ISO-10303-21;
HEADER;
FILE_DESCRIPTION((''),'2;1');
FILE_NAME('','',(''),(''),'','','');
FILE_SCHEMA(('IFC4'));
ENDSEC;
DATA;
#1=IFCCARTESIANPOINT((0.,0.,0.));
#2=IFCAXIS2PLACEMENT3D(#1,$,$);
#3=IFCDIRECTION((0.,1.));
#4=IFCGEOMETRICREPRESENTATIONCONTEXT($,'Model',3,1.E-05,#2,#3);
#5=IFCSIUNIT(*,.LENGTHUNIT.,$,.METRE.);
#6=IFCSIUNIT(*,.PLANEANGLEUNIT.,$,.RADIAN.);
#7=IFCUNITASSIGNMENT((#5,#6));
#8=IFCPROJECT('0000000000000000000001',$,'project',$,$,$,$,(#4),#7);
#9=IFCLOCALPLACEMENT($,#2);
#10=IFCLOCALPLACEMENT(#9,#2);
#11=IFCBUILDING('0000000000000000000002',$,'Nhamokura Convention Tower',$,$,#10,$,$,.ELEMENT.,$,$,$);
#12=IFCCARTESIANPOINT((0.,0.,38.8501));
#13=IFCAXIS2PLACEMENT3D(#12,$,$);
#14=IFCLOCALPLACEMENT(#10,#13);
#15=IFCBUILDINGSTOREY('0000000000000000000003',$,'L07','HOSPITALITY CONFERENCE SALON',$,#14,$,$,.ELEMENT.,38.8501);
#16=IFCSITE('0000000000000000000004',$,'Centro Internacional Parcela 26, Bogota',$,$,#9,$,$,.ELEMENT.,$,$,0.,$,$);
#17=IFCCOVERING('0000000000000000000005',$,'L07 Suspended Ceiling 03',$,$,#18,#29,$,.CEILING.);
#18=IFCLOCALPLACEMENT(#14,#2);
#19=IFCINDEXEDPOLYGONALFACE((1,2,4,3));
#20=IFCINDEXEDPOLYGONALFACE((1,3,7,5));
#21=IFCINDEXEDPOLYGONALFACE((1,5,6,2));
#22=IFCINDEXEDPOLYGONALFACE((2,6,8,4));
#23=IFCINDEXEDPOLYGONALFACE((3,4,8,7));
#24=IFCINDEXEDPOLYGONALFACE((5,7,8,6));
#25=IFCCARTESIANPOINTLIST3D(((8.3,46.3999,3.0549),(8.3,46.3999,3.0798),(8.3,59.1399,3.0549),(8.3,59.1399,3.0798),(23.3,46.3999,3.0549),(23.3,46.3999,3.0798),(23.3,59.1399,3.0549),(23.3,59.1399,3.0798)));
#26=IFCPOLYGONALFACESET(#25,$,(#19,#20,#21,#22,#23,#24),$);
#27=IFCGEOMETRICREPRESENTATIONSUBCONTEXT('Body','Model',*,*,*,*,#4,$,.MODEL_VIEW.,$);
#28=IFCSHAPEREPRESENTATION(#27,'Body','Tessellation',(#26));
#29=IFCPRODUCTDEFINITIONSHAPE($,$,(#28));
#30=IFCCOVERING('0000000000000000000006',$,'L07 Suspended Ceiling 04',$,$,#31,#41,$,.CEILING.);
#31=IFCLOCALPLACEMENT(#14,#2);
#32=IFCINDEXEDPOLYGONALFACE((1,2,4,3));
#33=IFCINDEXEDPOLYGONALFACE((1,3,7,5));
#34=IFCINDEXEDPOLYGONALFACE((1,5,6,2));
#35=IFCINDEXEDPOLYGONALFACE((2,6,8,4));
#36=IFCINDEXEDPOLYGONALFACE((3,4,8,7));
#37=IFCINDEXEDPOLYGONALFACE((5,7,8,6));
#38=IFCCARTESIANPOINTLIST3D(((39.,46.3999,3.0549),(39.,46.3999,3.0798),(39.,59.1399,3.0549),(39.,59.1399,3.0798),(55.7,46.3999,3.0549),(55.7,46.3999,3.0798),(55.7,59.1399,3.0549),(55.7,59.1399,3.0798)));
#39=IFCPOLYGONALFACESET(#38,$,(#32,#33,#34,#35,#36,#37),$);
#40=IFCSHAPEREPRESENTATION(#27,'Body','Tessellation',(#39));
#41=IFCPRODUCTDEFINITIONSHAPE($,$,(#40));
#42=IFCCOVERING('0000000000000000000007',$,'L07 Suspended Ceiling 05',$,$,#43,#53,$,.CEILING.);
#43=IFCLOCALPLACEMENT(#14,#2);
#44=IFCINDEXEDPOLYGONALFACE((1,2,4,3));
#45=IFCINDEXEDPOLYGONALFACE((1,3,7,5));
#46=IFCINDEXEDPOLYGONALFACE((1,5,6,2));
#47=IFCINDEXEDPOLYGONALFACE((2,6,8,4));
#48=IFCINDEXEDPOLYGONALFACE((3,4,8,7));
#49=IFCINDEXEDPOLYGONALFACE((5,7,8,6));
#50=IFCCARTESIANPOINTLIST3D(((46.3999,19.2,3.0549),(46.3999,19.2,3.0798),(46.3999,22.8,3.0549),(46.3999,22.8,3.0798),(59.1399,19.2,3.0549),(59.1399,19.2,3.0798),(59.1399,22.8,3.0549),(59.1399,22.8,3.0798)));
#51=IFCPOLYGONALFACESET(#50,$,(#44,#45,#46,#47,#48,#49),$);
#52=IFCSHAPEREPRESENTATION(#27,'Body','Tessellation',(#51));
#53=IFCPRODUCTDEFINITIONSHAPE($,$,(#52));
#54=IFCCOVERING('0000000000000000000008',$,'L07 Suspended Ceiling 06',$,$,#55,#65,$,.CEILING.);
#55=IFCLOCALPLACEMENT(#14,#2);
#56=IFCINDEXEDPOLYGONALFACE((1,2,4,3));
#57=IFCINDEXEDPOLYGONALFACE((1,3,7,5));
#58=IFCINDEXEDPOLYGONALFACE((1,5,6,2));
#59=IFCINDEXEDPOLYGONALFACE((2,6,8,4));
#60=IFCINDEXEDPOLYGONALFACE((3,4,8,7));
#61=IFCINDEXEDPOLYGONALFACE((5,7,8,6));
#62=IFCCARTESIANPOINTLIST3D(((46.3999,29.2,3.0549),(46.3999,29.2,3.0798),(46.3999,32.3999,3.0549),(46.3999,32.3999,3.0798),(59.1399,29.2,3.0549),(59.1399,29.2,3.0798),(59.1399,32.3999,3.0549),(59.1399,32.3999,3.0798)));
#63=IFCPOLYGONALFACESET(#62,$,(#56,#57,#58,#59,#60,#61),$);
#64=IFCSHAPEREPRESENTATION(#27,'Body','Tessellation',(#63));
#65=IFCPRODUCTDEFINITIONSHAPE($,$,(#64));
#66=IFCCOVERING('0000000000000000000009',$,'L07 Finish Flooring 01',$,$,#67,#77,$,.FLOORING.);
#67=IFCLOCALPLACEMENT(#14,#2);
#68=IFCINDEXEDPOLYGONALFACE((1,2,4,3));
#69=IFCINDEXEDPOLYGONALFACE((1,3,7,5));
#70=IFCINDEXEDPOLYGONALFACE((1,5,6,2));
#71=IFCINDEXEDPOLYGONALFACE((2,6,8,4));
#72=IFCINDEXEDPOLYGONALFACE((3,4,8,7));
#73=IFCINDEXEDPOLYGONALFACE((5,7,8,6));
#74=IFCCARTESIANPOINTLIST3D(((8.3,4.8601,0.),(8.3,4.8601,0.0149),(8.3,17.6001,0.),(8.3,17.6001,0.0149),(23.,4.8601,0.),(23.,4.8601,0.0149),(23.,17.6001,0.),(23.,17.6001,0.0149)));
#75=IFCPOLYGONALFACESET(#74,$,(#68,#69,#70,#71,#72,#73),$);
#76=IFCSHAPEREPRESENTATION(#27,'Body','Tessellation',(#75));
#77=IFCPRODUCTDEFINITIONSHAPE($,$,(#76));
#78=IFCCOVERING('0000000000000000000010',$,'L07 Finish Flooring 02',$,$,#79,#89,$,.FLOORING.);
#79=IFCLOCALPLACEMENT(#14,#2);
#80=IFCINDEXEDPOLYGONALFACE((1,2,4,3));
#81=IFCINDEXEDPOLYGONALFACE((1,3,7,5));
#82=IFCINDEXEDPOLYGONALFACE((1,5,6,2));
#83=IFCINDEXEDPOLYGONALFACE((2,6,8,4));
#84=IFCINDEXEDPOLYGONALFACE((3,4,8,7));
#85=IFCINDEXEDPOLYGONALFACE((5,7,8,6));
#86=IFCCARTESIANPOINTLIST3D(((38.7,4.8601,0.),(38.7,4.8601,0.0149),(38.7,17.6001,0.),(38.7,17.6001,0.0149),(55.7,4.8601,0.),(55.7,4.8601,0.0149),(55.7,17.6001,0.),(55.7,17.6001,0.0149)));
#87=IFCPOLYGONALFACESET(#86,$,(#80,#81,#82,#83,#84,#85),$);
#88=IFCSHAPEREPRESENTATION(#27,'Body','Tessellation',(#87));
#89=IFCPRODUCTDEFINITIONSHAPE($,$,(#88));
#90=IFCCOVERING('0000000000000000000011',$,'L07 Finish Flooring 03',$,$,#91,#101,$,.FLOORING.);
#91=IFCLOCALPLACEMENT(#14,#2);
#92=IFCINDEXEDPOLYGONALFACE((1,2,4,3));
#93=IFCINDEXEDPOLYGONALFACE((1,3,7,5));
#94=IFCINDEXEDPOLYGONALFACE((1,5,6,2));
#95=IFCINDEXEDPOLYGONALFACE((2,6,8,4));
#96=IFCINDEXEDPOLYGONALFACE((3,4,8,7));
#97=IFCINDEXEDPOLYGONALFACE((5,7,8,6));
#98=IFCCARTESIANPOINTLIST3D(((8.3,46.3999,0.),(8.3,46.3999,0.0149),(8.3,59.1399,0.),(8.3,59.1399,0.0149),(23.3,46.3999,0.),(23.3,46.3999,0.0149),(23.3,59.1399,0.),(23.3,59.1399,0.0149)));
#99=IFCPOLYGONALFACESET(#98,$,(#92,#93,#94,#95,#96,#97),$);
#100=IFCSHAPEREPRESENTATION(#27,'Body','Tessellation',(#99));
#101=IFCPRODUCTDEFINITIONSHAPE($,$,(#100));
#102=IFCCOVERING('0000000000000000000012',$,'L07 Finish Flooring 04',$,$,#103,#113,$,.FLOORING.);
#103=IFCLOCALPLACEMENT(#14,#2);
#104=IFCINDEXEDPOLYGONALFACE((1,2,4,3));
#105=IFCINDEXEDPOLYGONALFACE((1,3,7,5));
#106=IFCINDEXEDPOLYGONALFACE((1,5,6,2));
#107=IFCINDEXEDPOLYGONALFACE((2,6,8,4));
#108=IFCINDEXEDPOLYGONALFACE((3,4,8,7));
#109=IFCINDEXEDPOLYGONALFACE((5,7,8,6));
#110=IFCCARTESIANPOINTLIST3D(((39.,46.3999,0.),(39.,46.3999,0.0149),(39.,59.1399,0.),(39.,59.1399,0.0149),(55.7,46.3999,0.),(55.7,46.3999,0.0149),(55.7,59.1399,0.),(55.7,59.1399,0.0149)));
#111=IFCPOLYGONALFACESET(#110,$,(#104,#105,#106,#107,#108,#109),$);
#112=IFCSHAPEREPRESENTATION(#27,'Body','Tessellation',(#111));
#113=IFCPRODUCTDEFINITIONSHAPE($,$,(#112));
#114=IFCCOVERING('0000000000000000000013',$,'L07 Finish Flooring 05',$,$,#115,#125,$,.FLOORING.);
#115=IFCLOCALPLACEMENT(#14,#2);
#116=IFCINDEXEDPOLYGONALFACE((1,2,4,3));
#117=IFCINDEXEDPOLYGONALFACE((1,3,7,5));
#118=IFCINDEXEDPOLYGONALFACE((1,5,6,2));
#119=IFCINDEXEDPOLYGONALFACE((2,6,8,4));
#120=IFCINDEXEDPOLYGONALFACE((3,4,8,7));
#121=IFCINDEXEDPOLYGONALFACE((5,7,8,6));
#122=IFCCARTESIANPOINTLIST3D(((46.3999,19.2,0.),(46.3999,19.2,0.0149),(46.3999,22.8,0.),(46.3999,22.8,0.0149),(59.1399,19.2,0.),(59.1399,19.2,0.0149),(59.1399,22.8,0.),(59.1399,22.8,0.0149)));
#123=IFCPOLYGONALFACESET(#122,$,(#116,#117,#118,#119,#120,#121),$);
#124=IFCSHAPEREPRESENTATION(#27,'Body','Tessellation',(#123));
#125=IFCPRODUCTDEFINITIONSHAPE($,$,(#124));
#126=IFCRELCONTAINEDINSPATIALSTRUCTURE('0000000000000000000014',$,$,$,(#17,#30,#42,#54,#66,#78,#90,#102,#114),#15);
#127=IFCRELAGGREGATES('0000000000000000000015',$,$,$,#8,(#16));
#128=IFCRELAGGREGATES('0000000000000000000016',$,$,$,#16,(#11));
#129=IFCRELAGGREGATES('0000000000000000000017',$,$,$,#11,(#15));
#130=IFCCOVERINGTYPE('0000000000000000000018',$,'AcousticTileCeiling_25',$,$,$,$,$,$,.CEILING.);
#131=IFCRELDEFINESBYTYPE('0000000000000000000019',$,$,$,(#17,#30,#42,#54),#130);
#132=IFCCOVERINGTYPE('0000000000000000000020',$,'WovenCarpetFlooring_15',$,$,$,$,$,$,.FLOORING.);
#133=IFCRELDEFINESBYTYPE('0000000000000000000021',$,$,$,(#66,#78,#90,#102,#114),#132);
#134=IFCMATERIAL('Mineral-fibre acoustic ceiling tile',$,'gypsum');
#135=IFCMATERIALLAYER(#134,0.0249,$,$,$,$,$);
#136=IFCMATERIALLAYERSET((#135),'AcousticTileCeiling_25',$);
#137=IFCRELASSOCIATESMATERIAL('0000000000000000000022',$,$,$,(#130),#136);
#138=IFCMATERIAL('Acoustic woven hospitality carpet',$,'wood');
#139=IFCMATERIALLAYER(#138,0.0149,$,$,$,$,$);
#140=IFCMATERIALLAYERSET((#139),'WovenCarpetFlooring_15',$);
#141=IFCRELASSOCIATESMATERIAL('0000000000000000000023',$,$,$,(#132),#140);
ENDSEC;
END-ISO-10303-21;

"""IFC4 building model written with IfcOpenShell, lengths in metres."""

from ifc_helpers import new_model, si_unit, direction, frame, origin, place, context, subcontext, project, spatial, polyline, outline, extrude, material, layer, layer_set, type_object, element, save


model = new_model("IFC4")

# Units and contexts
model_context = context("Model", 3, precision=1e-05, world=origin(), true_north=direction((0.0, 1.0)))
body_context = subcontext(model_context, "Body", "Model", "MODEL_VIEW")
ifc_project = project(units=[si_unit("LENGTHUNIT", "METRE"), si_unit("PLANEANGLEUNIT", "RADIAN")], contexts=[model_context])

# Site, building, storey
site_placement = place(None, origin())
site = spatial("IfcSite", under=ifc_project, at=site_placement, Name="Centro Internacional Parcela 26, Bogota", CompositionType="ELEMENT", RefElevation=0.0)
building_placement = place(site_placement, origin())
building = spatial("IfcBuilding", under=site, at=building_placement, Name="Nhamokura Convention Tower", CompositionType="ELEMENT")
storey_placement = place(building_placement, frame((0.0, 0.0, 38.8501)))
storey = spatial("IfcBuildingStorey", under=building, at=storey_placement, Name="L07", Description="HOSPITALITY CONFERENCE SALON", CompositionType="ELEMENT", Elevation=38.8501)

# Coverings
ifc_material_1 = material(Name="Mineral-fibre acoustic ceiling tile", Category="gypsum")
ifc_layer_1 = layer(ifc_material_1, 0.0249)
ifc_layer_set_1 = layer_set([ifc_layer_1], Name="AcousticTileCeiling_25")
covering_type_1 = type_object("IfcCoveringType", Name="AcousticTileCeiling_25", PredefinedType="CEILING", material=ifc_layer_set_1)
covering_1_placement = place(storey_placement, frame((0.0, 0.0, 3.0549)))
element("IfcCovering", 1, at=covering_1_placement, inside=storey, type_object=covering_type_1, Name="L07 Suspended Ceiling 03", PredefinedType="CEILING", context=body_context, shape_type="SweptSolid", body=[
    extrude(outline(polyline([(8.3, 46.3999), (23.3, 46.3999), (23.3, 59.1399), (8.3, 59.1399), (8.3, 46.3999)])), origin(), (0.0, 0.0, 1.0), 0.0249),
])
covering_2_placement = place(storey_placement, frame((0.0, 0.0, 3.0549)))
element("IfcCovering", 2, at=covering_2_placement, inside=storey, type_object=covering_type_1, Name="L07 Suspended Ceiling 04", PredefinedType="CEILING", context=body_context, shape_type="SweptSolid", body=[
    extrude(outline(polyline([(39.0, 46.3999), (55.7, 46.3999), (55.7, 59.1399), (39.0, 59.1399), (39.0, 46.3999)])), origin(), (0.0, 0.0, 1.0), 0.0249),
])
covering_3_placement = place(storey_placement, frame((0.0, 0.0, 3.0549)))
element("IfcCovering", 3, at=covering_3_placement, inside=storey, type_object=covering_type_1, Name="L07 Suspended Ceiling 05", PredefinedType="CEILING", context=body_context, shape_type="SweptSolid", body=[
    extrude(outline(polyline([(46.3999, 19.2), (59.1399, 19.2), (59.1399, 22.8), (46.3999, 22.8), (46.3999, 19.2)])), origin(), (0.0, 0.0, 1.0), 0.0249),
])
covering_4_placement = place(storey_placement, frame((0.0, 0.0, 3.0549)))
element("IfcCovering", 4, at=covering_4_placement, inside=storey, type_object=covering_type_1, Name="L07 Suspended Ceiling 06", PredefinedType="CEILING", context=body_context, shape_type="SweptSolid", body=[
    extrude(outline(polyline([(46.3999, 29.2), (59.1399, 29.2), (59.1399, 32.3999), (46.3999, 32.3999), (46.3999, 29.2)])), origin(), (0.0, 0.0, 1.0), 0.0249),
])
ifc_material_2 = material(Name="Acoustic woven hospitality carpet", Category="wood")
ifc_layer_2 = layer(ifc_material_2, 0.0149)
ifc_layer_set_2 = layer_set([ifc_layer_2], Name="WovenCarpetFlooring_15")
covering_type_2 = type_object("IfcCoveringType", Name="WovenCarpetFlooring_15", PredefinedType="FLOORING", material=ifc_layer_set_2)
covering_5_placement = place(storey_placement, origin())
element("IfcCovering", 5, at=covering_5_placement, inside=storey, type_object=covering_type_2, Name="L07 Finish Flooring 01", PredefinedType="FLOORING", context=body_context, shape_type="SweptSolid", body=[
    extrude(outline(polyline([(8.3, 4.8601), (23.0, 4.8601), (23.0, 17.6001), (8.3, 17.6001), (8.3, 4.8601)])), origin(), (0.0, 0.0, 1.0), 0.0149),
])
covering_6_placement = place(storey_placement, origin())
element("IfcCovering", 6, at=covering_6_placement, inside=storey, type_object=covering_type_2, Name="L07 Finish Flooring 02", PredefinedType="FLOORING", context=body_context, shape_type="SweptSolid", body=[
    extrude(outline(polyline([(38.7, 4.8601), (55.7, 4.8601), (55.7, 17.6001), (38.7, 17.6001), (38.7, 4.8601)])), origin(), (0.0, 0.0, 1.0), 0.0149),
])
covering_7_placement = place(storey_placement, origin())
element("IfcCovering", 7, at=covering_7_placement, inside=storey, type_object=covering_type_2, Name="L07 Finish Flooring 03", PredefinedType="FLOORING", context=body_context, shape_type="SweptSolid", body=[
    extrude(outline(polyline([(8.3, 46.3999), (23.3, 46.3999), (23.3, 59.1399), (8.3, 59.1399), (8.3, 46.3999)])), origin(), (0.0, 0.0, 1.0), 0.0149),
])
covering_8_placement = place(storey_placement, origin())
element("IfcCovering", 8, at=covering_8_placement, inside=storey, type_object=covering_type_2, Name="L07 Finish Flooring 04", PredefinedType="FLOORING", context=body_context, shape_type="SweptSolid", body=[
    extrude(outline(polyline([(39.0, 46.3999), (55.7, 46.3999), (55.7, 59.1399), (39.0, 59.1399), (39.0, 46.3999)])), origin(), (0.0, 0.0, 1.0), 0.0149),
])
covering_9_placement = place(storey_placement, origin())
element("IfcCovering", 9, at=covering_9_placement, inside=storey, type_object=covering_type_2, Name="L07 Finish Flooring 05", PredefinedType="FLOORING", context=body_context, shape_type="SweptSolid", body=[
    extrude(outline(polyline([(46.3999, 19.2), (59.1399, 19.2), (59.1399, 22.8), (46.3999, 22.8), (46.3999, 19.2)])), origin(), (0.0, 0.0, 1.0), 0.0149),
])

save(model, "model.ifc")
